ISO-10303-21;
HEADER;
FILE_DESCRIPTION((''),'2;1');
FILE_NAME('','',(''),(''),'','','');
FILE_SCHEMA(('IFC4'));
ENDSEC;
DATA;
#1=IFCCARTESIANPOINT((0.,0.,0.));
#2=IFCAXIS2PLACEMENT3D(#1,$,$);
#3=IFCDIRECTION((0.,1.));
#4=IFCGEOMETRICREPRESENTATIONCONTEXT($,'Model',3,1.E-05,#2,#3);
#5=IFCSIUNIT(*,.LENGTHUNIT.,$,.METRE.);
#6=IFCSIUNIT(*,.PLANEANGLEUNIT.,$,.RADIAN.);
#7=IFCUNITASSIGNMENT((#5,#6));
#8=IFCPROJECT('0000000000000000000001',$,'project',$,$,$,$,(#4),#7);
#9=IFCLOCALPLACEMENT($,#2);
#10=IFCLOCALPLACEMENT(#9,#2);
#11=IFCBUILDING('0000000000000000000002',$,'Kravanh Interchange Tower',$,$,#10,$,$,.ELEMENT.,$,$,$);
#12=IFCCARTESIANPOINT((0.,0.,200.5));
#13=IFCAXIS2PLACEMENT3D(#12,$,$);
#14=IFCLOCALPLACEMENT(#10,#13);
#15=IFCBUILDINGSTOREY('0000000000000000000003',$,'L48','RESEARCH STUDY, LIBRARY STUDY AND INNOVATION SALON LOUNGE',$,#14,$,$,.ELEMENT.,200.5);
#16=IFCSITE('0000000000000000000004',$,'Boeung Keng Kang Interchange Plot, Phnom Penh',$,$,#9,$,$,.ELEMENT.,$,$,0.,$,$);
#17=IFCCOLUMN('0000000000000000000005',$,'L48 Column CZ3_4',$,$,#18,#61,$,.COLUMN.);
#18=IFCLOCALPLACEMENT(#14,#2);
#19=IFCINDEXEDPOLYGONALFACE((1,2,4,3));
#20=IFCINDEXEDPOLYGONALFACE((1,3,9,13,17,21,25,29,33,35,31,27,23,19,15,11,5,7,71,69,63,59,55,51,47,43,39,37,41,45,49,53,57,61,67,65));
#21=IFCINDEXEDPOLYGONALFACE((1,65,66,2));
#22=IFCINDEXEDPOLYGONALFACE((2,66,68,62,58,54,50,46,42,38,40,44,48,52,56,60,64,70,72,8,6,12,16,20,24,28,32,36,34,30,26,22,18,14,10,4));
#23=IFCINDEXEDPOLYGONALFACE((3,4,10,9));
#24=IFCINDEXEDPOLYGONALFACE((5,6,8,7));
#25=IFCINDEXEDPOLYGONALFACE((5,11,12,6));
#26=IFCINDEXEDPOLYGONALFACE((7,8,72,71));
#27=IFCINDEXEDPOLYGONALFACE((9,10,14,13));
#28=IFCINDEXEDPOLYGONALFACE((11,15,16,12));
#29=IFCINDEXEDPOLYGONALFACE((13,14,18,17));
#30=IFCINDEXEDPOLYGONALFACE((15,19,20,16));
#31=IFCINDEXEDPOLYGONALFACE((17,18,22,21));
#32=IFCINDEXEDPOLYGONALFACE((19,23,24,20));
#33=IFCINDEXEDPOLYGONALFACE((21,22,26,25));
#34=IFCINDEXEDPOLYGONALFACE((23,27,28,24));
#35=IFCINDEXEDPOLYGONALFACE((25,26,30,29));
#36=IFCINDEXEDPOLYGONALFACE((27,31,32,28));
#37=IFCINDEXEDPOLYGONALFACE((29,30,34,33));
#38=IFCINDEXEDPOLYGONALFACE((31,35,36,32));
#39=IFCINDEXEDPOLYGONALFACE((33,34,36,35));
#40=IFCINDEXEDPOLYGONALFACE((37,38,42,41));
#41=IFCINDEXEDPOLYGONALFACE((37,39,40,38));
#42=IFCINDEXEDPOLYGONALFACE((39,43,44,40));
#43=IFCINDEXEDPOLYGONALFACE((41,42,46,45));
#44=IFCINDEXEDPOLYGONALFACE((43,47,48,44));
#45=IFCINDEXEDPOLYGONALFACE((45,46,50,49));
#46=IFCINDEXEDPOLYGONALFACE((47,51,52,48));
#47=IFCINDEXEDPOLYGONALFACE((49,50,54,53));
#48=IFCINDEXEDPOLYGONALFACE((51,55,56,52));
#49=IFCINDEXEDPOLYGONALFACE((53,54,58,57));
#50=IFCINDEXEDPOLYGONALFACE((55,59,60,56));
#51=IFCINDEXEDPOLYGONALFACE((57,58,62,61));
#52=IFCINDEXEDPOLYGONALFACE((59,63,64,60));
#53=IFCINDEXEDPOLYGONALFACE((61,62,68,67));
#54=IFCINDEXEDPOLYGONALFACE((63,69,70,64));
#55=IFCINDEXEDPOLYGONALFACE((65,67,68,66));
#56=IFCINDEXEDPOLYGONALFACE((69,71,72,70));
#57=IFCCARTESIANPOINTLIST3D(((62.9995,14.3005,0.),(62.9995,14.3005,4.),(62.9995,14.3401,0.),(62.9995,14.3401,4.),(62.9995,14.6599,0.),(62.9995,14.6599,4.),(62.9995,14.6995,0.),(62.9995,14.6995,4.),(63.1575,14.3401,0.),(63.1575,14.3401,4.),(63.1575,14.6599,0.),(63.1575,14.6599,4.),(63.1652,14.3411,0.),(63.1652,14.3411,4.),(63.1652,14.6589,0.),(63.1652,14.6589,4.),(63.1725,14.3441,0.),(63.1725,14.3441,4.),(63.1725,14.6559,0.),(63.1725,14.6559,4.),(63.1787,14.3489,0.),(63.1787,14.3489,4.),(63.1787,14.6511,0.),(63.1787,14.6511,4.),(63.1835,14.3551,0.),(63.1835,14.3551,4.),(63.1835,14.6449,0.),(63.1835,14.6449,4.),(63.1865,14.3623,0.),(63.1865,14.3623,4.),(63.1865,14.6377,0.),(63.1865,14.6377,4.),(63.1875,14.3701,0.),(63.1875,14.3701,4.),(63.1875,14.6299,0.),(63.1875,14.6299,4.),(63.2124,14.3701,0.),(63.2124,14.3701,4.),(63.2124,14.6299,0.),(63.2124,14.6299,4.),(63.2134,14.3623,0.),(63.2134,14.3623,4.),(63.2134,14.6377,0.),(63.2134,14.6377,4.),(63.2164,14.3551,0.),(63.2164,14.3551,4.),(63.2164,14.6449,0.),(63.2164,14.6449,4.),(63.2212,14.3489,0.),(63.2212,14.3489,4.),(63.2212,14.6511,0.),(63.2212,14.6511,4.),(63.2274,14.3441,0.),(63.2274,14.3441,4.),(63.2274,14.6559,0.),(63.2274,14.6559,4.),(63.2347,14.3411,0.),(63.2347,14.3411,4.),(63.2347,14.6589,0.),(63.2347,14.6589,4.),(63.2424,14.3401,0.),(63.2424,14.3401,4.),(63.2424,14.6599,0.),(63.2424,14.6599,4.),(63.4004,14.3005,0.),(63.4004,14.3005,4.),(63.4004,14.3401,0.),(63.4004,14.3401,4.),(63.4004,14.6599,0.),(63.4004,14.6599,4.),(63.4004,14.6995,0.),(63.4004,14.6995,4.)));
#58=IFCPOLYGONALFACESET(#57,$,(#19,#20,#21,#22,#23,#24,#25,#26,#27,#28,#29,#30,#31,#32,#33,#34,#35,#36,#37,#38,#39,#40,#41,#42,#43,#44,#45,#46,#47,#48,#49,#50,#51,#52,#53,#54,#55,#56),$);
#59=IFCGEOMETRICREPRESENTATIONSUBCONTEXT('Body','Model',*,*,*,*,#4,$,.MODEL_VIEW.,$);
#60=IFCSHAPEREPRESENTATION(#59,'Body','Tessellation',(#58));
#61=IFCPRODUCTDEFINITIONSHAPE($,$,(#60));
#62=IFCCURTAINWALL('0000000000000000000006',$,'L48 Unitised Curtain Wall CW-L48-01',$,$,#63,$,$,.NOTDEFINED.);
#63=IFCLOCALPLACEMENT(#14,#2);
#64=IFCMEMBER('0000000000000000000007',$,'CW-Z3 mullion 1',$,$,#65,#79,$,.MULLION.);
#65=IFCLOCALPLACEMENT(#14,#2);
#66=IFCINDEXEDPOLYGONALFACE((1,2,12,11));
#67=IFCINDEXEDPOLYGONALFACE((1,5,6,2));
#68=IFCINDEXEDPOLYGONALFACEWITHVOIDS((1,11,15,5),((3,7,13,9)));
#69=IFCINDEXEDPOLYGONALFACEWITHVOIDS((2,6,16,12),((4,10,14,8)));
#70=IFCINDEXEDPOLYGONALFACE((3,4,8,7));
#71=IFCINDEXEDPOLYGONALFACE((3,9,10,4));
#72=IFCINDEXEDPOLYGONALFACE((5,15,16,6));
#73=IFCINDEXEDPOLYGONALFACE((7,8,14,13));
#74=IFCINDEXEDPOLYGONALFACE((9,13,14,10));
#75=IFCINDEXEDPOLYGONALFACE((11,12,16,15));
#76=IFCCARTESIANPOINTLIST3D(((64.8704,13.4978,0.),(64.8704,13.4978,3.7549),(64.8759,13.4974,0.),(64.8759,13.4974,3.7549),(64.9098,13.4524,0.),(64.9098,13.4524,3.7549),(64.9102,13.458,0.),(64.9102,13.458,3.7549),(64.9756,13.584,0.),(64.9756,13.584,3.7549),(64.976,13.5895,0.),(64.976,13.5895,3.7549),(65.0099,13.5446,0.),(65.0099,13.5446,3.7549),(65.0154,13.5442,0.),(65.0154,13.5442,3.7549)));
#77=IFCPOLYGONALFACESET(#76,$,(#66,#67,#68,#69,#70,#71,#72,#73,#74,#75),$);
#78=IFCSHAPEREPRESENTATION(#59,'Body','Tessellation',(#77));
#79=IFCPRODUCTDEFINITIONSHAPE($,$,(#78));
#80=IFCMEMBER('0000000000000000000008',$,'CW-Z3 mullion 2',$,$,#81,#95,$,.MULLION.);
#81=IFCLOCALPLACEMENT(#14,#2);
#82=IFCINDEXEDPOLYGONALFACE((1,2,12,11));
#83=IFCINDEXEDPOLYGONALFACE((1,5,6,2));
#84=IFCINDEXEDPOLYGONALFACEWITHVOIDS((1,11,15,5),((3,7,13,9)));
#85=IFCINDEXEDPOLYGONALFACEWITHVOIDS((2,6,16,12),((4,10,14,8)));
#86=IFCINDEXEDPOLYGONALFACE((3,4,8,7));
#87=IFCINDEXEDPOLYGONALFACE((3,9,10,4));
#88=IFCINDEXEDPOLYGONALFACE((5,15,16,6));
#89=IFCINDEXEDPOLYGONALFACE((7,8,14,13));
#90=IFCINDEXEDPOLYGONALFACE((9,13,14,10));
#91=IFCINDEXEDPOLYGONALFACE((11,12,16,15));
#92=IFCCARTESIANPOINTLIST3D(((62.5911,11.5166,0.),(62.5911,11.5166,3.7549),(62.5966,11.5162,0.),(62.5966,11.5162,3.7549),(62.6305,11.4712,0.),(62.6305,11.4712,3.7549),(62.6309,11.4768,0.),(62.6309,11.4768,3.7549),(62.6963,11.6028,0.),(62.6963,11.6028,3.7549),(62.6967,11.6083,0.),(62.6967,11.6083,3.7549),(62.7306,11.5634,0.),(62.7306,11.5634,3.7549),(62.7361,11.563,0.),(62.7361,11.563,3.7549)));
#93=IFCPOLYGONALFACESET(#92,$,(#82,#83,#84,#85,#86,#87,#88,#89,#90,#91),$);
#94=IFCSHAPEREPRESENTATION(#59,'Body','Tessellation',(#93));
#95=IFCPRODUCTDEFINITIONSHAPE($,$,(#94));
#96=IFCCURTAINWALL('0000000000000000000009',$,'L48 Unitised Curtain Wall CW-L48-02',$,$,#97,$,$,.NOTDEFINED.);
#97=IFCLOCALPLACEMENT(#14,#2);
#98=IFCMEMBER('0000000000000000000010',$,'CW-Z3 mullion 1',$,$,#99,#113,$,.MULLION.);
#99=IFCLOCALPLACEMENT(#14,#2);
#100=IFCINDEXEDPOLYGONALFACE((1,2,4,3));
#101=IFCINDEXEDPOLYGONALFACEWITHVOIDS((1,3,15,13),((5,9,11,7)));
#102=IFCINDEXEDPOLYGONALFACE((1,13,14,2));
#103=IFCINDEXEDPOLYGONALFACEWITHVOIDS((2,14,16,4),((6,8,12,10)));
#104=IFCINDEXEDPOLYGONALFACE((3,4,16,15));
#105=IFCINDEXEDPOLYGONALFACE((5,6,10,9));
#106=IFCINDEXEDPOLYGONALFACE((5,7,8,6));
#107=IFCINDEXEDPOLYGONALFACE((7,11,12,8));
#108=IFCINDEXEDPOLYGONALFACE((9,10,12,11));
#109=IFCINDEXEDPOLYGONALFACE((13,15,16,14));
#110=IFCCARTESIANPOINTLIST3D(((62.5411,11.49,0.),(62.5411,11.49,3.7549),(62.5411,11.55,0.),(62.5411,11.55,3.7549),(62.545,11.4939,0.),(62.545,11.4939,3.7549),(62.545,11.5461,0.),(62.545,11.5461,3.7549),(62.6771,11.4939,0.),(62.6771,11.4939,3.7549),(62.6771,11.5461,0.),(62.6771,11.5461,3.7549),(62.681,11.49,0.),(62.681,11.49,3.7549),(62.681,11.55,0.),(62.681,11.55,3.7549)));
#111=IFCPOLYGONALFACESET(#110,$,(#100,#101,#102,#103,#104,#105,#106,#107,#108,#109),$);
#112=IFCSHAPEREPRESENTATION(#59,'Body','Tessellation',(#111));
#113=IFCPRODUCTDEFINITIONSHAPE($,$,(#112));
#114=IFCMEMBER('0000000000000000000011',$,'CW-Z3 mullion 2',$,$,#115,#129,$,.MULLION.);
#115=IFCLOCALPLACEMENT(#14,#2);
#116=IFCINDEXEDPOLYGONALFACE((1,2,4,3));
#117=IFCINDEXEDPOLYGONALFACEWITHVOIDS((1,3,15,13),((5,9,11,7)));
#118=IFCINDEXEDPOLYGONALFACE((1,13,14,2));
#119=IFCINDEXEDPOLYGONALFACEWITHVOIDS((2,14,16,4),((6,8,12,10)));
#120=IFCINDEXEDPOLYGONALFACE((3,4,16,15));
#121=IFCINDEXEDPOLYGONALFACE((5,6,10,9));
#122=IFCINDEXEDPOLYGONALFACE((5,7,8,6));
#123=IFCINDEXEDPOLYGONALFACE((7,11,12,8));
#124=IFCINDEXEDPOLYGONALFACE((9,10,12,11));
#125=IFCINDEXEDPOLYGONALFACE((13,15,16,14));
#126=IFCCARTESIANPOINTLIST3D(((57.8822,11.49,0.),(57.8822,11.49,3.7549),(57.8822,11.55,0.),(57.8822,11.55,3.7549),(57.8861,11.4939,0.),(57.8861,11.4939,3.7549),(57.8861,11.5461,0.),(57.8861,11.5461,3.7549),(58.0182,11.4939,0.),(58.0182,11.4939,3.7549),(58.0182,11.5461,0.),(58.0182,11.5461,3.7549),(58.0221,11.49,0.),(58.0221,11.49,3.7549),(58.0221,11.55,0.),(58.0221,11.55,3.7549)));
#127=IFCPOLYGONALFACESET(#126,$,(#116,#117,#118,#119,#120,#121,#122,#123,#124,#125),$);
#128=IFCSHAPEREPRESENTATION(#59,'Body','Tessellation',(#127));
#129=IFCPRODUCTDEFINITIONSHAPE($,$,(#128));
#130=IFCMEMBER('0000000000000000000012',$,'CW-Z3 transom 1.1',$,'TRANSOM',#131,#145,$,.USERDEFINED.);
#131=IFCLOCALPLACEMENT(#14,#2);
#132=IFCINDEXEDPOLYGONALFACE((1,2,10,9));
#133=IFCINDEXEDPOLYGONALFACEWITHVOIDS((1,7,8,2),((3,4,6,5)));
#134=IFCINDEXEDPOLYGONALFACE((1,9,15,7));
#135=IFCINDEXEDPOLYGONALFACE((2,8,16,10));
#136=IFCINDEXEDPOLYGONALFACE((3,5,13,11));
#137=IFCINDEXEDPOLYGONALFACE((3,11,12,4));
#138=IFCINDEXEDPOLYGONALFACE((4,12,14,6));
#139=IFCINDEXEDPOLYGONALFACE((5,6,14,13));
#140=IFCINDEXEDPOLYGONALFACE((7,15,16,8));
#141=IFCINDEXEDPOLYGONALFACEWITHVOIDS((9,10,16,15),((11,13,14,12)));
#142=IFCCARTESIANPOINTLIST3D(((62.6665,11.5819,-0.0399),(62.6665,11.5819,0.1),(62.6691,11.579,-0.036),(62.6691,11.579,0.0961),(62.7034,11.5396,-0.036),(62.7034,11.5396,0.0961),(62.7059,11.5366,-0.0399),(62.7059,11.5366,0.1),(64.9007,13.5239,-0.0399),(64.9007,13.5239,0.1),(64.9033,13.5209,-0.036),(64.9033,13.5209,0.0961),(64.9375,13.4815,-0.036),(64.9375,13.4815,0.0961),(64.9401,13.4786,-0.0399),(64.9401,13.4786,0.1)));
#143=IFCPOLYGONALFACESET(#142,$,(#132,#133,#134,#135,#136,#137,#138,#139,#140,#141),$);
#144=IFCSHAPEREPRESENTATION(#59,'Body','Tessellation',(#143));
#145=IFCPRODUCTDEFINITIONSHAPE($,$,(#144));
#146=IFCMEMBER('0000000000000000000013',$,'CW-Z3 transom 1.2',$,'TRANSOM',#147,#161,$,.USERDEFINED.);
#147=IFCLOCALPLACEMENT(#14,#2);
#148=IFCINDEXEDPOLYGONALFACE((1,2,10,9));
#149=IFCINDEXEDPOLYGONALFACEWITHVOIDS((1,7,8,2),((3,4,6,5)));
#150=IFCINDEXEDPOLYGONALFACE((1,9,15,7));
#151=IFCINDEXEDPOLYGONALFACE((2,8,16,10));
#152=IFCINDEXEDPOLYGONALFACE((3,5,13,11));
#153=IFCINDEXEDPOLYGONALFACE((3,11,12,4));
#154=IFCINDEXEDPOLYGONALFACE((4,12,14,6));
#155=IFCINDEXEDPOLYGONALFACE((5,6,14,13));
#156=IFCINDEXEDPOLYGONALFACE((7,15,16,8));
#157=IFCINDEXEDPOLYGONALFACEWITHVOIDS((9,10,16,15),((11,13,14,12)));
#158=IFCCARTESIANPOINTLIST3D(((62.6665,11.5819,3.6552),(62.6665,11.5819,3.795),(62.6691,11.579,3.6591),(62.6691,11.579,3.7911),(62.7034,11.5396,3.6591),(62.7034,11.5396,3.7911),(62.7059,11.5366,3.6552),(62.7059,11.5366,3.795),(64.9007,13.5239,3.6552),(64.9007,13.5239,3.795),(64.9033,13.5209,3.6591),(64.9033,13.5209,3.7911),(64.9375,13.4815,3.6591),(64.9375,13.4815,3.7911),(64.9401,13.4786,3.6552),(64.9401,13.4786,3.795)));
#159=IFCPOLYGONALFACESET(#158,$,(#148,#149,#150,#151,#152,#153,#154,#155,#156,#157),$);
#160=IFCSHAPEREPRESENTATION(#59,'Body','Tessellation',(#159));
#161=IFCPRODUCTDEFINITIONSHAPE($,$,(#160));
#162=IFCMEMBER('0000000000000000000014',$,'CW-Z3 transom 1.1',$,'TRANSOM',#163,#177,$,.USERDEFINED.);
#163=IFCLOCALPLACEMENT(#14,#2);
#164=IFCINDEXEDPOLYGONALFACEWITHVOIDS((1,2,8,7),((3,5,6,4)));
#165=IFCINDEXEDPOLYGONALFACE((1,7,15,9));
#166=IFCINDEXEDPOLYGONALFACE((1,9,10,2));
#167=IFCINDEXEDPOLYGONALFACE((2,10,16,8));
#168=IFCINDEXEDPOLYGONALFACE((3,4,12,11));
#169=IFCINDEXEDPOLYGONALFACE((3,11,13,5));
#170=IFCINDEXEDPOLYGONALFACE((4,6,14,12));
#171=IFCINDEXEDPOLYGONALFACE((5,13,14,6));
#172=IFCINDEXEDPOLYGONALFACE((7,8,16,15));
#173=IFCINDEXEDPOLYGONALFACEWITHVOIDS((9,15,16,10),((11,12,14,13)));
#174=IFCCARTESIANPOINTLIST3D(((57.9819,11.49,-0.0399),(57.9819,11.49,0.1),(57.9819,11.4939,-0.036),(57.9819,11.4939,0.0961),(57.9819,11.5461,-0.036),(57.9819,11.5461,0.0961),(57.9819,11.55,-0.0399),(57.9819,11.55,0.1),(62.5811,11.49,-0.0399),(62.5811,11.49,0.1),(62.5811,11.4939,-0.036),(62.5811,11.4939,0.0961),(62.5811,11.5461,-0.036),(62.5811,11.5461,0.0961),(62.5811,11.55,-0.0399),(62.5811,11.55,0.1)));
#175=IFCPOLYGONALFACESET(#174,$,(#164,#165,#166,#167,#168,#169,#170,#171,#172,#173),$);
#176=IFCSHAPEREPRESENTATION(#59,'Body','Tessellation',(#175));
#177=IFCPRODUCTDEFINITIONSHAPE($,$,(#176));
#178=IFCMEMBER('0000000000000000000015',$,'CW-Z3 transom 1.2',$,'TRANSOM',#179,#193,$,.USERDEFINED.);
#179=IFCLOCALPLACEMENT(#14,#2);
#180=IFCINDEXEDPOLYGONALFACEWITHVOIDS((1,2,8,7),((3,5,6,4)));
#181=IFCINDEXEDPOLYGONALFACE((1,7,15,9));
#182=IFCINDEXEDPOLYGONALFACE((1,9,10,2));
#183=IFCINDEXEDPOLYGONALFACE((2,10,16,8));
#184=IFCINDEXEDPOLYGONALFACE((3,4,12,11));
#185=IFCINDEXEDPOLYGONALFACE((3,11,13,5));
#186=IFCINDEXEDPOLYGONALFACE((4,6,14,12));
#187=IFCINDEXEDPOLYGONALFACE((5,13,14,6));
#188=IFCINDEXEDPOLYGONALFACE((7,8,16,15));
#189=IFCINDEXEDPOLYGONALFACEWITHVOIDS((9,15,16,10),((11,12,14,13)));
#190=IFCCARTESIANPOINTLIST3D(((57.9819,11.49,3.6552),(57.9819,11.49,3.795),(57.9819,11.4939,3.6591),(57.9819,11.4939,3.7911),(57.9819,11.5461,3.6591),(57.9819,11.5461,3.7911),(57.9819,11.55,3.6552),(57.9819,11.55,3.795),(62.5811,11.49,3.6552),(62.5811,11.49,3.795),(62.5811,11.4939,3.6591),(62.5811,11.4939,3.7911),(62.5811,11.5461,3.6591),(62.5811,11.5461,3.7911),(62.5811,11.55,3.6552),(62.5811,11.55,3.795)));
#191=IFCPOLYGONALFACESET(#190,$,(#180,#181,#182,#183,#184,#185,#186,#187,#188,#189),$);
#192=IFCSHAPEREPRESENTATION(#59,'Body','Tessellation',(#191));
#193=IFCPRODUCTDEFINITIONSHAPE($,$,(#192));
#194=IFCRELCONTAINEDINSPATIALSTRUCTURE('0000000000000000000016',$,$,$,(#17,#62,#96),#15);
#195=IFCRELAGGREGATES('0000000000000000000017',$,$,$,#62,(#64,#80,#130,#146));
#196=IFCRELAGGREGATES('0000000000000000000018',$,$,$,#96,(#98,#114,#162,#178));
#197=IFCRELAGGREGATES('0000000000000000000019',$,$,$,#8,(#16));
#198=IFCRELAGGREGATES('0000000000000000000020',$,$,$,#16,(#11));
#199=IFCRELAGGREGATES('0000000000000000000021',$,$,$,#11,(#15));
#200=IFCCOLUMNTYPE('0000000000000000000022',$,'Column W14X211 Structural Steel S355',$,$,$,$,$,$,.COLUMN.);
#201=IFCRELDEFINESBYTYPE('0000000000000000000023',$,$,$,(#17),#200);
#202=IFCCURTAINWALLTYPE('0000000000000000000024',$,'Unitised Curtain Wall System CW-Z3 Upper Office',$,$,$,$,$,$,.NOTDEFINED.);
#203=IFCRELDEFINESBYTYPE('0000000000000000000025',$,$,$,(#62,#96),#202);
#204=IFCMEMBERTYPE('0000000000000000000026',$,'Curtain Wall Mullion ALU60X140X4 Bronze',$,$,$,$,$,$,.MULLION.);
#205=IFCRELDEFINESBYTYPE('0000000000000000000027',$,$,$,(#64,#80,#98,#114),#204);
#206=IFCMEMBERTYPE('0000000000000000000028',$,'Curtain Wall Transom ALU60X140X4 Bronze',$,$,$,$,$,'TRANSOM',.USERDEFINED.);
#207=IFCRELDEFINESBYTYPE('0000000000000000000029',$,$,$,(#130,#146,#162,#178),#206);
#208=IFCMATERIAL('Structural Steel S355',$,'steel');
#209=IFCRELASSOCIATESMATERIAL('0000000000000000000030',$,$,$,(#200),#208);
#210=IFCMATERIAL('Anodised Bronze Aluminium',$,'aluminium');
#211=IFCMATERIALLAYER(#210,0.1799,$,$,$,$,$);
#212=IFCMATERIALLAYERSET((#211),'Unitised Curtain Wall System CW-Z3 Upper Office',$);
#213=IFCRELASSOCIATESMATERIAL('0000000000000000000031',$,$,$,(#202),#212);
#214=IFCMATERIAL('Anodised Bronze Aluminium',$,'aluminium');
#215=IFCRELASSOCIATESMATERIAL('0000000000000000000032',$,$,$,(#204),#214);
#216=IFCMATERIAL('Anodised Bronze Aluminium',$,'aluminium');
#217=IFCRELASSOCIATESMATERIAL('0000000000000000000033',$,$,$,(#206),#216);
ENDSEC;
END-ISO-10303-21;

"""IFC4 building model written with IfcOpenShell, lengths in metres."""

from ifc_helpers import new_model, si_unit, direction, frame, origin, origin_2d, place, context, subcontext, project, spatial, hollow_rectangle, i_section, extrude, material, layer, layer_set, material_profile, profile_set, type_object, element, aggregate, save


model = new_model("IFC4")

# Units and contexts
model_context = context("Model", 3, precision=1e-05, world=origin(), true_north=direction((0.0, 1.0)))
body_context = subcontext(model_context, "Body", "Model", "MODEL_VIEW")
ifc_project = project(units=[si_unit("LENGTHUNIT", "METRE"), si_unit("PLANEANGLEUNIT", "RADIAN")], contexts=[model_context])

# Site, building, storey
site_placement = place(None, origin())
site = spatial("IfcSite", under=ifc_project, at=site_placement, Name="Boeung Keng Kang Interchange Plot, Phnom Penh", CompositionType="ELEMENT", RefElevation=0.0)
building_placement = place(site_placement, origin())
building = spatial("IfcBuilding", under=site, at=building_placement, Name="Kravanh Interchange Tower", CompositionType="ELEMENT")
storey_placement = place(building_placement, frame((0.0, 0.0, 200.5)))
storey = spatial("IfcBuildingStorey", under=building, at=storey_placement, Name="L48", Description="RESEARCH STUDY, LIBRARY STUDY AND INNOVATION SALON LOUNGE", CompositionType="ELEMENT", Elevation=200.5)

# Column
ifc_material_1 = material(Name="Structural Steel S355", Category="steel")
ifc_material_profile_1 = material_profile(ifc_material_1, i_section(OverallWidth=0.4009, OverallDepth=0.3989, WebThickness=0.0249, FlangeThickness=0.0396, FilletRadius=0.03, at=origin_2d()), Name="W14X211")
ifc_profile_set_1 = profile_set([ifc_material_profile_1], Name="Structural Steel S355")
column_type = type_object("IfcColumnType", Name="Column W14X211 Structural Steel S355", PredefinedType="COLUMN", material=ifc_profile_set_1)
column_placement = place(storey_placement, frame((63.2, 14.5, 0.0), z_axis=(0.0, 0.0, 1.0), x_axis=(1.0, 0.0, 0.0)))
element("IfcColumn", 1, at=column_placement, inside=storey, type_object=column_type, Name="L48 Column CZ3_4", PredefinedType="COLUMN", context=body_context, shape_type="SweptSolid", body=[
    extrude(i_section(OverallWidth=0.4009, OverallDepth=0.3989, WebThickness=0.0249, FlangeThickness=0.0396, FilletRadius=0.03, at=origin_2d()), origin(), (0.0, 0.0, 1.0), 4.0),
])

# Curtain walls, members
ifc_material_2 = material(Name="Anodised Bronze Aluminium", Category="aluminium")
ifc_layer_1 = layer(ifc_material_2, 0.1799)
ifc_layer_set_1 = layer_set([ifc_layer_1], Name="Unitised Curtain Wall System CW-Z3 Upper Office")
curtain_wall_type = type_object("IfcCurtainWallType", Name="Unitised Curtain Wall System CW-Z3 Upper Office", PredefinedType="NOTDEFINED", material=ifc_layer_set_1)
curtain_wall_1_placement = place(storey_placement, origin())
curtain_wall_1 = element("IfcCurtainWall", 2, at=curtain_wall_1_placement, inside=storey, type_object=curtain_wall_type, Name="L48 Unitised Curtain Wall CW-L48-01", PredefinedType="NOTDEFINED")
ifc_material_3 = material(Name="Anodised Bronze Aluminium", Category="aluminium")
ifc_material_profile_2 = material_profile(ifc_material_3, hollow_rectangle(XDim=0.0601, YDim=0.1399, WallThickness=0.0039, at=origin_2d()), Name="ALU60X140X4")
ifc_profile_set_2 = profile_set([ifc_material_profile_2], Name="Anodised Bronze Aluminium")
member_type_1 = type_object("IfcMemberType", Name="Curtain Wall Mullion ALU60X140X4 Bronze", PredefinedType="MULLION", material=ifc_profile_set_2)
member_1_placement = place(storey_placement, frame((64.9429, 13.521, 0.0), z_axis=(0.0, 0.0, 1.0), x_axis=(0.656051, -0.754717, 0.0)))
member_1 = element("IfcMember", 3, at=member_1_placement, type_object=member_type_1, Name="CW-Z3 mullion 1", PredefinedType="MULLION", context=body_context, shape_type="SweptSolid", body=[
    extrude(hollow_rectangle(XDim=0.0601, YDim=0.1399, WallThickness=0.0039, at=origin_2d()), origin(), (0.0, 0.0, 1.0), 3.7549),
])
member_2_placement = place(storey_placement, frame((62.6636, 11.5398, 0.0), z_axis=(0.0, 0.0, 1.0), x_axis=(0.656051, -0.754717, 0.0)))
member_2 = element("IfcMember", 4, at=member_2_placement, type_object=member_type_1, Name="CW-Z3 mullion 2", PredefinedType="MULLION", context=body_context, shape_type="SweptSolid", body=[
    extrude(hollow_rectangle(XDim=0.0601, YDim=0.1399, WallThickness=0.0039, at=origin_2d()), origin(), (0.0, 0.0, 1.0), 3.7549),
])
curtain_wall_2_placement = place(storey_placement, origin())
curtain_wall_2 = element("IfcCurtainWall", 5, at=curtain_wall_2_placement, inside=storey, type_object=curtain_wall_type, Name="L48 Unitised Curtain Wall CW-L48-02", PredefinedType="NOTDEFINED")
member_3_placement = place(storey_placement, frame((62.6111, 11.52, 0.0), z_axis=(0.0, 0.0, 1.0), x_axis=(0.0, -1.0, 0.0)))
member_3 = element("IfcMember", 6, at=member_3_placement, type_object=member_type_1, Name="CW-Z3 mullion 1", PredefinedType="MULLION", context=body_context, shape_type="SweptSolid", body=[
    extrude(hollow_rectangle(XDim=0.0601, YDim=0.1399, WallThickness=0.0039, at=origin_2d()), origin(), (0.0, 0.0, 1.0), 3.7549),
])
member_4_placement = place(storey_placement, frame((57.9521, 11.52, 0.0), z_axis=(0.0, 0.0, 1.0), x_axis=(0.0, -1.0, 0.0)))
member_4 = element("IfcMember", 7, at=member_4_placement, type_object=member_type_1, Name="CW-Z3 mullion 2", PredefinedType="MULLION", context=body_context, shape_type="SweptSolid", body=[
    extrude(hollow_rectangle(XDim=0.0601, YDim=0.1399, WallThickness=0.0039, at=origin_2d()), origin(), (0.0, 0.0, 1.0), 3.7549),
])

# Members
ifc_material_4 = material(Name="Anodised Bronze Aluminium", Category="aluminium")
ifc_material_profile_3 = material_profile(ifc_material_4, hollow_rectangle(XDim=0.0601, YDim=0.1399, WallThickness=0.0039, at=origin_2d()), Name="ALU60X140X4")
ifc_profile_set_3 = profile_set([ifc_material_profile_3], Name="Anodised Bronze Aluminium")
member_type_2 = type_object("IfcMemberType", Name="Curtain Wall Transom ALU60X140X4 Bronze", ElementType="TRANSOM", PredefinedType="USERDEFINED", material=ifc_profile_set_3)
member_5_placement = place(storey_placement, frame((64.9204, 13.5012, 0.03), z_axis=(-0.754744, -0.656019, 0.0), x_axis=(0.656019, -0.754744, 0.0)))
member_5 = element("IfcMember", 8, at=member_5_placement, type_object=member_type_2, Name="CW-Z3 transom 1.1", ObjectType="TRANSOM", PredefinedType="USERDEFINED", context=body_context, shape_type="SweptSolid", body=[
    extrude(hollow_rectangle(XDim=0.0601, YDim=0.1399, WallThickness=0.0039, at=origin_2d()), origin(), (0.0, 0.0, 1.0), 2.9602),
])
member_6_placement = place(storey_placement, frame((64.9204, 13.5012, 3.7251), z_axis=(-0.754744, -0.656019, 0.0), x_axis=(0.656019, -0.754744, 0.0)))
member_6 = element("IfcMember", 9, at=member_6_placement, type_object=member_type_2, Name="CW-Z3 transom 1.2", ObjectType="TRANSOM", PredefinedType="USERDEFINED", context=body_context, shape_type="SweptSolid", body=[
    extrude(hollow_rectangle(XDim=0.0601, YDim=0.1399, WallThickness=0.0039, at=origin_2d()), origin(), (0.0, 0.0, 1.0), 2.9602),
])
member_7_placement = place(storey_placement, frame((62.5811, 11.52, 0.03), z_axis=(-1.0, 0.0, 0.0), x_axis=(0.0, -1.0, 0.0)))
member_7 = element("IfcMember", 10, at=member_7_placement, type_object=member_type_2, Name="CW-Z3 transom 1.1", ObjectType="TRANSOM", PredefinedType="USERDEFINED", context=body_context, shape_type="SweptSolid", body=[
    extrude(hollow_rectangle(XDim=0.0601, YDim=0.1399, WallThickness=0.0039, at=origin_2d()), origin(), (0.0, 0.0, 1.0), 4.5991),
])
member_8_placement = place(storey_placement, frame((62.5811, 11.52, 3.7251), z_axis=(-1.0, 0.0, 0.0), x_axis=(0.0, -1.0, 0.0)))
member_8 = element("IfcMember", 11, at=member_8_placement, type_object=member_type_2, Name="CW-Z3 transom 1.2", ObjectType="TRANSOM", PredefinedType="USERDEFINED", context=body_context, shape_type="SweptSolid", body=[
    extrude(hollow_rectangle(XDim=0.0601, YDim=0.1399, WallThickness=0.0039, at=origin_2d()), origin(), (0.0, 0.0, 1.0), 4.5991),
])

aggregate(curtain_wall_1, [member_1, member_2, member_5, member_6])
aggregate(curtain_wall_2, [member_3, member_4, member_7, member_8])

save(model, "model.ifc")
